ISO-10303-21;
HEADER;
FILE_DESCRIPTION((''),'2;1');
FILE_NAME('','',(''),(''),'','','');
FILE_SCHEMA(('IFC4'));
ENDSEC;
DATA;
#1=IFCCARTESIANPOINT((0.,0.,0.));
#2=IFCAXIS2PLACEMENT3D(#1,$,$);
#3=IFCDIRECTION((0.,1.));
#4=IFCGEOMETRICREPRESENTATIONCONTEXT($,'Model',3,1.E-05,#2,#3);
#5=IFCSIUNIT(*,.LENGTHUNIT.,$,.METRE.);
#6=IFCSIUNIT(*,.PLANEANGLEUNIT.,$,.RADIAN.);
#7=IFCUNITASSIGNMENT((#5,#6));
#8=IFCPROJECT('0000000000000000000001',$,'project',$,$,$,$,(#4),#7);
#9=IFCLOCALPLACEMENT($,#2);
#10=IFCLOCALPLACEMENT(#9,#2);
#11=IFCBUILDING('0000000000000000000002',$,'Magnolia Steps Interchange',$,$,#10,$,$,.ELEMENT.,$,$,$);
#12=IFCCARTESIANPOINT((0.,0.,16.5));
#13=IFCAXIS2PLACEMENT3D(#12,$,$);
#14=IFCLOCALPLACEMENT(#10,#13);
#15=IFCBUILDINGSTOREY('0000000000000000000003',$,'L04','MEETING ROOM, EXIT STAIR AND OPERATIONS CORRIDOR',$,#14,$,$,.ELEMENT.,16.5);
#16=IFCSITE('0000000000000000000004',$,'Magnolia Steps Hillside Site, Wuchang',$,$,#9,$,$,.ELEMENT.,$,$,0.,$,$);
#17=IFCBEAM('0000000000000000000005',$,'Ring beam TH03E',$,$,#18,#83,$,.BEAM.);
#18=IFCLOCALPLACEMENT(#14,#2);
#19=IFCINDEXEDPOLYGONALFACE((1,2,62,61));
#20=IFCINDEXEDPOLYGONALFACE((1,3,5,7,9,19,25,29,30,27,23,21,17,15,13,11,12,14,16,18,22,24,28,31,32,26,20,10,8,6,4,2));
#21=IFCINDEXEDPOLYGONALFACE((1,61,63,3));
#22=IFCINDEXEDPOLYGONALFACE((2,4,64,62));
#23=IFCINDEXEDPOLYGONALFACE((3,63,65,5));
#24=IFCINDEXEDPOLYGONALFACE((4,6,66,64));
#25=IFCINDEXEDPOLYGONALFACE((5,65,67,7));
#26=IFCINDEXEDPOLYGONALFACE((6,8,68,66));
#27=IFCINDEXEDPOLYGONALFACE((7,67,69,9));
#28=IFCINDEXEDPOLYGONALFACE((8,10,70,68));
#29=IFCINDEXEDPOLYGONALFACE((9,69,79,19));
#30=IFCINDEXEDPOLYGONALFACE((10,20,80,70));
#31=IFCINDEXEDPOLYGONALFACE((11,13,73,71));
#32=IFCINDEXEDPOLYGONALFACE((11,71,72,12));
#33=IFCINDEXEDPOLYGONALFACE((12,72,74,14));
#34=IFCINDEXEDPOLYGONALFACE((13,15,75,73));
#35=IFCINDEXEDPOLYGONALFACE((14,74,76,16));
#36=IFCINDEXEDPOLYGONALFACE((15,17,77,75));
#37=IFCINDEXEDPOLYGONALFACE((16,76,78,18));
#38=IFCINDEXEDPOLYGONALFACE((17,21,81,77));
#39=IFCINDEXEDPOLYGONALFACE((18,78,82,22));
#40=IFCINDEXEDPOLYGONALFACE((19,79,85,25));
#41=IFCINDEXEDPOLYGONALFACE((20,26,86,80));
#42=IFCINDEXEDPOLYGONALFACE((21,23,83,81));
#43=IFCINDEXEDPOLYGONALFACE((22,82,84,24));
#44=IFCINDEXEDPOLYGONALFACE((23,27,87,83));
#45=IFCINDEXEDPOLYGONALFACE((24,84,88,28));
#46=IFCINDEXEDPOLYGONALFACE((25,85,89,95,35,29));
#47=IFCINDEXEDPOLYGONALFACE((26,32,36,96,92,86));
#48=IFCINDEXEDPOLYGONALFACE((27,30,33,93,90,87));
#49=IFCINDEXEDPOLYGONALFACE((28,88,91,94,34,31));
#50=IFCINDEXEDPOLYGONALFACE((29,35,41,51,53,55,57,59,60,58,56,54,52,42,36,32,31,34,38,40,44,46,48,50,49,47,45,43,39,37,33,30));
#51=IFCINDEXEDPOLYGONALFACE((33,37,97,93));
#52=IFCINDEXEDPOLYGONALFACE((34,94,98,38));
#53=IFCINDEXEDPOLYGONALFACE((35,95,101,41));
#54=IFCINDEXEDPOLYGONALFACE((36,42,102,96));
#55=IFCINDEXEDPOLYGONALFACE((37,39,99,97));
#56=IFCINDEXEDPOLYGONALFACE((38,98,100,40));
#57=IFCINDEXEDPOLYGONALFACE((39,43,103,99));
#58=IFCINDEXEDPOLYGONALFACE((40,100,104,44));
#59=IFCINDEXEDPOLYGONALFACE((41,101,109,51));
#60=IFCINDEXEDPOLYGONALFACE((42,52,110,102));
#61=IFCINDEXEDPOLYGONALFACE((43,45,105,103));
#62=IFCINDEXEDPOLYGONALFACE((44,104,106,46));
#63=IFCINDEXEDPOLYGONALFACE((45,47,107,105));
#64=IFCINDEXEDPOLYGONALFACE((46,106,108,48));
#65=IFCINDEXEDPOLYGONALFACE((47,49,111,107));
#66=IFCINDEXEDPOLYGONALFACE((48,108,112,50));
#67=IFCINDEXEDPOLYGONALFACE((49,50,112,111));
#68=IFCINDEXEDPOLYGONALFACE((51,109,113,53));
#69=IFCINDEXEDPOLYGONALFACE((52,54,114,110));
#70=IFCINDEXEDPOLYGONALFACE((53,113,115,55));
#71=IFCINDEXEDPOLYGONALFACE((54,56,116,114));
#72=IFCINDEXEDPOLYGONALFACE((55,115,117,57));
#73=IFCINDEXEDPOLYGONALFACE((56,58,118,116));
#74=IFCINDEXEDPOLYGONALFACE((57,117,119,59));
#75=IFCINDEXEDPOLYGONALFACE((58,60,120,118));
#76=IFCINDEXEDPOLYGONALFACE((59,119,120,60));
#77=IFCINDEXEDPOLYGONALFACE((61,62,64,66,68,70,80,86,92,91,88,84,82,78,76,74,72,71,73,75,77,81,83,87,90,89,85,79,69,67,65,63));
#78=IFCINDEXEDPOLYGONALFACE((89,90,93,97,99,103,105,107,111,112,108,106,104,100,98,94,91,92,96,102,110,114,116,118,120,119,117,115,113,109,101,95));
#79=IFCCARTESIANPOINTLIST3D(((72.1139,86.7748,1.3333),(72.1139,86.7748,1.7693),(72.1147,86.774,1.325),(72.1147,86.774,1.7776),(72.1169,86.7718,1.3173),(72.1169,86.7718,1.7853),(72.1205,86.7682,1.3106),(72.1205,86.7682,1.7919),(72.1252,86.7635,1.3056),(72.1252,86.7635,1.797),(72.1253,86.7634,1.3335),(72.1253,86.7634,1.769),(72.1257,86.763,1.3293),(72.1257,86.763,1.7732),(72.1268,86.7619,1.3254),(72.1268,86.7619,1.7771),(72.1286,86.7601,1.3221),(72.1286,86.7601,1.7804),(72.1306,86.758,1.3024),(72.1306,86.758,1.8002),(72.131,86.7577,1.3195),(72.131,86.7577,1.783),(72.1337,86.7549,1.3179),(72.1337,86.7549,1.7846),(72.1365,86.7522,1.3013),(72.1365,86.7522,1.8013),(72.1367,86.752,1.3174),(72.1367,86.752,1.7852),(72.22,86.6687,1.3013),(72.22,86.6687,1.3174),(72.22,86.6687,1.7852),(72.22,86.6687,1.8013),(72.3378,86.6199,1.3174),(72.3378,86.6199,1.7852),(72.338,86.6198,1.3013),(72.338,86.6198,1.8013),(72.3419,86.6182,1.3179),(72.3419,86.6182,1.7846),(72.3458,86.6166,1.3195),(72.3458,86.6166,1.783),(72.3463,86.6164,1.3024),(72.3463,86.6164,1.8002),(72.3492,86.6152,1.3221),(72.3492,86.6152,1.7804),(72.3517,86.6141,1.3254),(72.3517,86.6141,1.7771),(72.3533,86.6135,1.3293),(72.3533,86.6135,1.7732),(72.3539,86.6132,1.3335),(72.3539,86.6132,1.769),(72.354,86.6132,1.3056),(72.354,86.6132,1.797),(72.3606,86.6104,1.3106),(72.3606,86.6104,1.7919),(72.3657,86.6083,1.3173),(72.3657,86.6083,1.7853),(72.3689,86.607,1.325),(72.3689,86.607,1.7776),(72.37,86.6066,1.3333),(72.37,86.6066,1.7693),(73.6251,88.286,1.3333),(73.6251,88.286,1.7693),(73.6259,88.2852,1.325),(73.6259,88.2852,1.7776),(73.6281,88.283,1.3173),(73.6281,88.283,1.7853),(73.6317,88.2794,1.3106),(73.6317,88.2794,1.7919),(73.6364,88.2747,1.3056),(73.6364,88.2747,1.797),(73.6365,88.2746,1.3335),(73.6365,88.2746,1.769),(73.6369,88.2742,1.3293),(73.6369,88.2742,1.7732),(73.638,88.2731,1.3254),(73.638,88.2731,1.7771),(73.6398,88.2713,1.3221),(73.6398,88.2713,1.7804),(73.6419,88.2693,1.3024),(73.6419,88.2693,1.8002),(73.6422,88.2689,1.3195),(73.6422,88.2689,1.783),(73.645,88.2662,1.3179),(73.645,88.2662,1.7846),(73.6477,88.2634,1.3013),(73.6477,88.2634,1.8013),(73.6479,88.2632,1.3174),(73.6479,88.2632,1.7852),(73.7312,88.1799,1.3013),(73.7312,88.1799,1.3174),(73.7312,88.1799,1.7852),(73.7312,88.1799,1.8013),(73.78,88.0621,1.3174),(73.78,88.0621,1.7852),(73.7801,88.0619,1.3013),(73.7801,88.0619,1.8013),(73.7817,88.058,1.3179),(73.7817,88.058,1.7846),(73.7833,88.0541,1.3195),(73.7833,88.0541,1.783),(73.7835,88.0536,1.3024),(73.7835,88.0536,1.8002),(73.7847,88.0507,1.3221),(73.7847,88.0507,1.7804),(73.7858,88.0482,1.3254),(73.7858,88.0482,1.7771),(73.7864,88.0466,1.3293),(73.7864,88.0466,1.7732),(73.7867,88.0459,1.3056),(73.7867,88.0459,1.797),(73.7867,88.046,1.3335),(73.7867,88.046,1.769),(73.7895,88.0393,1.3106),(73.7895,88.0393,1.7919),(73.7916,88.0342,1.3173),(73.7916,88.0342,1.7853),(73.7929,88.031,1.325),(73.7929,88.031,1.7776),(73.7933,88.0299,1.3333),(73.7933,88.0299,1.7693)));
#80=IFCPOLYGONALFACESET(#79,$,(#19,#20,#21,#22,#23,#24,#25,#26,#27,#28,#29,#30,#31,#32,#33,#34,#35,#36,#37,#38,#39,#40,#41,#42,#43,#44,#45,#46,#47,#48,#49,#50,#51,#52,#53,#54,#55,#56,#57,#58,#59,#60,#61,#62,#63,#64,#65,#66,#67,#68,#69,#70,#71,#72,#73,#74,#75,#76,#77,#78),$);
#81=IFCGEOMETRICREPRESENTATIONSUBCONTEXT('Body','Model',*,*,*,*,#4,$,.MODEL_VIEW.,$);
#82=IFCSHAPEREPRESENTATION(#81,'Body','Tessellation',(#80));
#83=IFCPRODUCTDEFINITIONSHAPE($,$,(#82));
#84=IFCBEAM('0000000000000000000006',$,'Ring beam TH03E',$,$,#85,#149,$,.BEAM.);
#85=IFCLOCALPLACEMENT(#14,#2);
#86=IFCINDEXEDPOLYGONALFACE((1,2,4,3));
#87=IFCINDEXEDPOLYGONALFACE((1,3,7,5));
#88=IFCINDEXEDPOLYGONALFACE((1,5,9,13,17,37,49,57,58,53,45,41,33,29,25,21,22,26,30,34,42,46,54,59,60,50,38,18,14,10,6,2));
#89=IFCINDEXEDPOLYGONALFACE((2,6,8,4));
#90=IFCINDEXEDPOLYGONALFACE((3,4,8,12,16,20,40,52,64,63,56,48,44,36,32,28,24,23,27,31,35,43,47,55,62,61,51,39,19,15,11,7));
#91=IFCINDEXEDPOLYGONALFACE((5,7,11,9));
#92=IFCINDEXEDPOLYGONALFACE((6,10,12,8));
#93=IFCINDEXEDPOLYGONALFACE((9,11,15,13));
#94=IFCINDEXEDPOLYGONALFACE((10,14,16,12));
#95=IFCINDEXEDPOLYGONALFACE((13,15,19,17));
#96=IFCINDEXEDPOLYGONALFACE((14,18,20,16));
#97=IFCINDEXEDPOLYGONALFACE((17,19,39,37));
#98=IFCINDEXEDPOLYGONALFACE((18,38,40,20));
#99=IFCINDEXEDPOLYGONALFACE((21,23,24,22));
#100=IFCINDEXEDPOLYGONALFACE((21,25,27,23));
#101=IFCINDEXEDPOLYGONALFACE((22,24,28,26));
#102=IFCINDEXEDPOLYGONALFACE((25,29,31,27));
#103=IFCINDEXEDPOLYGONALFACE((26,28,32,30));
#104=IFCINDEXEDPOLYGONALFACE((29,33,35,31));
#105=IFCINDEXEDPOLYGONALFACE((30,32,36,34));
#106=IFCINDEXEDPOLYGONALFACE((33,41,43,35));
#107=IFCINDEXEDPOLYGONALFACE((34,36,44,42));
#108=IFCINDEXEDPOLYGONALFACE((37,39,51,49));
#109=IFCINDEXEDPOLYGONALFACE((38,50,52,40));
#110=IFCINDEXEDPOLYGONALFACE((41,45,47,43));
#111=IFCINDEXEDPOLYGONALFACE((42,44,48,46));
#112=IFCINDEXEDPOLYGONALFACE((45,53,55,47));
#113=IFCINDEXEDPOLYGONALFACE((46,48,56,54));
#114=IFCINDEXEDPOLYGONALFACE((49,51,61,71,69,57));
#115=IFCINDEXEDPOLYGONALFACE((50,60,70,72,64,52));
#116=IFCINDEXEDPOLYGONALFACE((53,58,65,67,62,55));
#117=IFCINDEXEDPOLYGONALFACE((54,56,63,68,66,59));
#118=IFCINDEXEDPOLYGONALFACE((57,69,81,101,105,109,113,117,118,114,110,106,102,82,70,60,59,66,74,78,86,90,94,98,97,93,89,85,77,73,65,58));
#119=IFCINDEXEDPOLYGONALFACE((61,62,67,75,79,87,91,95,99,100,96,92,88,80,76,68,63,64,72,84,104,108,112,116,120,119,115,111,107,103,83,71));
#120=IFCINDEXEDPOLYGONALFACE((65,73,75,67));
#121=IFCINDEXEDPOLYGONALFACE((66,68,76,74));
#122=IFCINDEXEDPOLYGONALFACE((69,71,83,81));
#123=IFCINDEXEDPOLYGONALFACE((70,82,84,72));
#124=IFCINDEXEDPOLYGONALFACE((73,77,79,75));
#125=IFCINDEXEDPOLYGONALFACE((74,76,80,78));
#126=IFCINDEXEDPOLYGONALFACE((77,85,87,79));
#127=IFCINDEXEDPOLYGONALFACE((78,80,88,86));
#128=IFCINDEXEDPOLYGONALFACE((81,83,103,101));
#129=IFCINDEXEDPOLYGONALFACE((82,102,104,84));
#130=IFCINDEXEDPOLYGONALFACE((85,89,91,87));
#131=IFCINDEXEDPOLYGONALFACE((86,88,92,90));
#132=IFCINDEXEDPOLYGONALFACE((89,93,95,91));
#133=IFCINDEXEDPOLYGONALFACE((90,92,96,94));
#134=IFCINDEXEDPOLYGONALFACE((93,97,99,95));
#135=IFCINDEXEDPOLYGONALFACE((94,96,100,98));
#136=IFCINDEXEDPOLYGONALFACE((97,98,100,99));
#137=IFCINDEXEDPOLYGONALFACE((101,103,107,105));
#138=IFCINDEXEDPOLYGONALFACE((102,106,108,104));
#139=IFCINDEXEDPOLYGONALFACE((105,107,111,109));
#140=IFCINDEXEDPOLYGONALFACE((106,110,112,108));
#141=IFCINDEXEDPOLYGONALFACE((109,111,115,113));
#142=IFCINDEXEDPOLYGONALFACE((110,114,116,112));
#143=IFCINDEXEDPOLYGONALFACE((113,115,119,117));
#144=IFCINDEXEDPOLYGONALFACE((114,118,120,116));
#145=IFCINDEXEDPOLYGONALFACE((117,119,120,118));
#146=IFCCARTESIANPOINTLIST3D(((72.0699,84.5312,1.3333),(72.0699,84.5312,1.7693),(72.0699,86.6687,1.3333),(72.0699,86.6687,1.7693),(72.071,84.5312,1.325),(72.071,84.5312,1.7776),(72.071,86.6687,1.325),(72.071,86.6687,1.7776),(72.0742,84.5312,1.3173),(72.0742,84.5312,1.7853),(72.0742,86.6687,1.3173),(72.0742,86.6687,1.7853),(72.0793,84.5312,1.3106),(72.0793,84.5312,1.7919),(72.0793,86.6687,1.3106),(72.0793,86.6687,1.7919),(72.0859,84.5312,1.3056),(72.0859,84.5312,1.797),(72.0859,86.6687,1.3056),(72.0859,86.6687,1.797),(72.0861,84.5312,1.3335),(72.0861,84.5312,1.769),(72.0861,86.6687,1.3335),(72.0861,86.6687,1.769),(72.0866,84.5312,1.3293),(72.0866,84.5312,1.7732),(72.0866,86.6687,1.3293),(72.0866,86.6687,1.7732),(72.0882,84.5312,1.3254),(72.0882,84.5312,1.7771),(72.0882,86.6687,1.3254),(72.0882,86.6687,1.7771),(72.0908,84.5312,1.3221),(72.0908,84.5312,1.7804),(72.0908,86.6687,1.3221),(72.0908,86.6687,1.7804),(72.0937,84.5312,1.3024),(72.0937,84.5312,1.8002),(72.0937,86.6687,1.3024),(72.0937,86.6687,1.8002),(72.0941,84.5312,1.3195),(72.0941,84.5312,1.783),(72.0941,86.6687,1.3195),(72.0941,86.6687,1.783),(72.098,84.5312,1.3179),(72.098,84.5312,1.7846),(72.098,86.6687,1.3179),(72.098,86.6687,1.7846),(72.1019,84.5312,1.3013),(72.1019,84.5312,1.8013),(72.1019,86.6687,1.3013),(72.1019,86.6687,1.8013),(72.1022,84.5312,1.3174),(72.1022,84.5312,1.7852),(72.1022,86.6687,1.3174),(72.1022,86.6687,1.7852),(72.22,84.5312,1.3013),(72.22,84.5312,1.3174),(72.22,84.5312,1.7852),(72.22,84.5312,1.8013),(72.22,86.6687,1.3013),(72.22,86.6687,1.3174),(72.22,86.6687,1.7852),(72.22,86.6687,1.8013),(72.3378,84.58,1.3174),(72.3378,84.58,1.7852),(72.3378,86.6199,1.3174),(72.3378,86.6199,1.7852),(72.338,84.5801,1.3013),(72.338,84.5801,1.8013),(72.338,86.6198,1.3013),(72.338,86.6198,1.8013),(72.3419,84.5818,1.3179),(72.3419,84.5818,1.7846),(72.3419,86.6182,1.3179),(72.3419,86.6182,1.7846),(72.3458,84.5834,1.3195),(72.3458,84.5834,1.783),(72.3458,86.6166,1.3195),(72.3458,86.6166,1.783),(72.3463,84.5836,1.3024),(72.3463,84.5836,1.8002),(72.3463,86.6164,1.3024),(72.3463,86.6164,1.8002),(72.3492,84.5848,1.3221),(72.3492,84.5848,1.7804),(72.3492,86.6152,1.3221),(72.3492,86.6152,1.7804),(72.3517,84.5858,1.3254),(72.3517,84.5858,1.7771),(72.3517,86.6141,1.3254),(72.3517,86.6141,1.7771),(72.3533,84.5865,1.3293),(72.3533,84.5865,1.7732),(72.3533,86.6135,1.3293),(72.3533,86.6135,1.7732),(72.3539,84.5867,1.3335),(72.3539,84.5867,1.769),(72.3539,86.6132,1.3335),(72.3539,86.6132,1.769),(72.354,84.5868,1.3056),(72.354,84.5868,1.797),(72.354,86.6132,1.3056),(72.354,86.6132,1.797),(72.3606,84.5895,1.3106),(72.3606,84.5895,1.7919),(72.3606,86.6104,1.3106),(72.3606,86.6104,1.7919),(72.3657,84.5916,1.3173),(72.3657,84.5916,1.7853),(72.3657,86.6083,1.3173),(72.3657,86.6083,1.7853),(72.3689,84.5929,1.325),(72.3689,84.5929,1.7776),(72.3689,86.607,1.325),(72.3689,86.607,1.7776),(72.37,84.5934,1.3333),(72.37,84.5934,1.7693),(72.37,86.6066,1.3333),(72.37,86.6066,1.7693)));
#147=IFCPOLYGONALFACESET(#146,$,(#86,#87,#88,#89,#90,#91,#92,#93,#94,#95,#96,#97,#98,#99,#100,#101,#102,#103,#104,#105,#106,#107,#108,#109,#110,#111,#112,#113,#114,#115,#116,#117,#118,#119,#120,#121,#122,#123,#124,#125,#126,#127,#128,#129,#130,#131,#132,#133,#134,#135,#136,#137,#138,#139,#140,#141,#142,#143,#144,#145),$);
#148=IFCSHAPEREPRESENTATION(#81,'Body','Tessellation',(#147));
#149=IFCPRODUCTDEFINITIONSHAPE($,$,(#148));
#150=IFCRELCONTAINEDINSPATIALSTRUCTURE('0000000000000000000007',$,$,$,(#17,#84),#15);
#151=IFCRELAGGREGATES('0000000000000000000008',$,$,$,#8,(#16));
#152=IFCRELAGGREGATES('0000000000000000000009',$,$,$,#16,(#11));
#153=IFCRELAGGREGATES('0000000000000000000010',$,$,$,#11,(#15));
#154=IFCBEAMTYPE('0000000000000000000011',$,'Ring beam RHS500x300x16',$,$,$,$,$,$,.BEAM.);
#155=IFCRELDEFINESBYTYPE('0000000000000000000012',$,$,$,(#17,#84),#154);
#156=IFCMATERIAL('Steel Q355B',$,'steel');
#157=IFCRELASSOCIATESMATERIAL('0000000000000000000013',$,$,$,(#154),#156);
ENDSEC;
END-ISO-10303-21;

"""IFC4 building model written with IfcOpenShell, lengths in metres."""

from ifc_helpers import new_model, si_unit, direction, frame, origin, origin_2d, place, context, subcontext, project, spatial, hollow_rectangle, extrude, clip, halfspace, material, material_profile, profile_set, type_object, element, save


model = new_model("IFC4")

# Units and contexts
model_context = context("Model", 3, precision=1e-05, world=origin(), true_north=direction((0.0, 1.0)))
body_context = subcontext(model_context, "Body", "Model", "MODEL_VIEW")
ifc_project = project(units=[si_unit("LENGTHUNIT", "METRE"), si_unit("PLANEANGLEUNIT", "RADIAN")], contexts=[model_context])

# Site, building, storey
site_placement = place(None, origin())
site = spatial("IfcSite", under=ifc_project, at=site_placement, Name="Magnolia Steps Hillside Site, Wuchang", CompositionType="ELEMENT", RefElevation=0.0)
building_placement = place(site_placement, origin())
building = spatial("IfcBuilding", under=site, at=building_placement, Name="Magnolia Steps Interchange", CompositionType="ELEMENT")
storey_placement = place(building_placement, frame((0.0, 0.0, 16.5)))
storey = spatial("IfcBuildingStorey", under=building, at=storey_placement, Name="L04", Description="MEETING ROOM, EXIT STAIR AND OPERATIONS CORRIDOR", CompositionType="ELEMENT", Elevation=16.5)

# Beams
ifc_material_1 = material(Name="Steel Q355B", Category="steel")
ifc_material_profile_1 = material_profile(ifc_material_1, hollow_rectangle(XDim=0.3, YDim=0.5, WallThickness=0.0161, InnerFilletRadius=0.0161, OuterFilletRadius=0.032, at=origin_2d()), Name="RHS500x300x16")
ifc_profile_set_1 = profile_set([ifc_material_profile_1], Name="Steel Q355B")
beam_type_1 = type_object("IfcBeamType", Name="Ring beam RHS500x300x16", PredefinedType="BEAM", material=ifc_profile_set_1)
beam_1_placement = place(storey_placement, frame((73.7312, 88.1799, 1.5513), z_axis=(-0.707107, -0.707107, 0.0), x_axis=(0.707107, -0.707107, 0.0)))
element("IfcBeam", 1, at=beam_1_placement, inside=storey, type_object=beam_type_1, Name="Ring beam TH03E", PredefinedType="BEAM", context=body_context, shape_type="Clipping", body=[
    clip(clip(extrude(hollow_rectangle(XDim=0.3, YDim=0.5, WallThickness=0.0161, InnerFilletRadius=0.0161, OuterFilletRadius=0.032, at=origin_2d()), origin(), (0.0, 0.0, 1.0), 2.1372), halfspace(frame((0.0, 0.0, 0.0), z_axis=(0.382683, 0.0, -0.92388), x_axis=(0.92388, 0.0, 0.382683)), False)), halfspace(frame((0.0, 0.0, 2.1372), z_axis=(0.382683, 0.0, 0.92388), x_axis=(0.92388, 0.0, -0.382683)), False)),
])
beam_2_placement = place(storey_placement, frame((72.22, 86.6687, 1.5513), z_axis=(0.0, -1.0, 0.0), x_axis=(1.0, 0.0, 0.0)))
element("IfcBeam", 2, at=beam_2_placement, inside=storey, type_object=beam_type_1, Name="Ring beam TH03E", PredefinedType="BEAM", context=body_context, shape_type="Clipping", body=[
    clip(clip(extrude(hollow_rectangle(XDim=0.3, YDim=0.5, WallThickness=0.0161, InnerFilletRadius=0.0161, OuterFilletRadius=0.032, at=origin_2d()), origin(), (0.0, 0.0, 1.0), 2.1375), halfspace(frame((0.0, 0.0, 0.0), z_axis=(0.382683, 0.0, -0.92388), x_axis=(0.92388, 0.0, 0.382683)), False)), halfspace(frame((0.0, 0.0, 2.1375), z_axis=(0.382683, 0.0, 0.92388), x_axis=(0.92388, 0.0, -0.382683)), False)),
])

save(model, "model.ifc")
